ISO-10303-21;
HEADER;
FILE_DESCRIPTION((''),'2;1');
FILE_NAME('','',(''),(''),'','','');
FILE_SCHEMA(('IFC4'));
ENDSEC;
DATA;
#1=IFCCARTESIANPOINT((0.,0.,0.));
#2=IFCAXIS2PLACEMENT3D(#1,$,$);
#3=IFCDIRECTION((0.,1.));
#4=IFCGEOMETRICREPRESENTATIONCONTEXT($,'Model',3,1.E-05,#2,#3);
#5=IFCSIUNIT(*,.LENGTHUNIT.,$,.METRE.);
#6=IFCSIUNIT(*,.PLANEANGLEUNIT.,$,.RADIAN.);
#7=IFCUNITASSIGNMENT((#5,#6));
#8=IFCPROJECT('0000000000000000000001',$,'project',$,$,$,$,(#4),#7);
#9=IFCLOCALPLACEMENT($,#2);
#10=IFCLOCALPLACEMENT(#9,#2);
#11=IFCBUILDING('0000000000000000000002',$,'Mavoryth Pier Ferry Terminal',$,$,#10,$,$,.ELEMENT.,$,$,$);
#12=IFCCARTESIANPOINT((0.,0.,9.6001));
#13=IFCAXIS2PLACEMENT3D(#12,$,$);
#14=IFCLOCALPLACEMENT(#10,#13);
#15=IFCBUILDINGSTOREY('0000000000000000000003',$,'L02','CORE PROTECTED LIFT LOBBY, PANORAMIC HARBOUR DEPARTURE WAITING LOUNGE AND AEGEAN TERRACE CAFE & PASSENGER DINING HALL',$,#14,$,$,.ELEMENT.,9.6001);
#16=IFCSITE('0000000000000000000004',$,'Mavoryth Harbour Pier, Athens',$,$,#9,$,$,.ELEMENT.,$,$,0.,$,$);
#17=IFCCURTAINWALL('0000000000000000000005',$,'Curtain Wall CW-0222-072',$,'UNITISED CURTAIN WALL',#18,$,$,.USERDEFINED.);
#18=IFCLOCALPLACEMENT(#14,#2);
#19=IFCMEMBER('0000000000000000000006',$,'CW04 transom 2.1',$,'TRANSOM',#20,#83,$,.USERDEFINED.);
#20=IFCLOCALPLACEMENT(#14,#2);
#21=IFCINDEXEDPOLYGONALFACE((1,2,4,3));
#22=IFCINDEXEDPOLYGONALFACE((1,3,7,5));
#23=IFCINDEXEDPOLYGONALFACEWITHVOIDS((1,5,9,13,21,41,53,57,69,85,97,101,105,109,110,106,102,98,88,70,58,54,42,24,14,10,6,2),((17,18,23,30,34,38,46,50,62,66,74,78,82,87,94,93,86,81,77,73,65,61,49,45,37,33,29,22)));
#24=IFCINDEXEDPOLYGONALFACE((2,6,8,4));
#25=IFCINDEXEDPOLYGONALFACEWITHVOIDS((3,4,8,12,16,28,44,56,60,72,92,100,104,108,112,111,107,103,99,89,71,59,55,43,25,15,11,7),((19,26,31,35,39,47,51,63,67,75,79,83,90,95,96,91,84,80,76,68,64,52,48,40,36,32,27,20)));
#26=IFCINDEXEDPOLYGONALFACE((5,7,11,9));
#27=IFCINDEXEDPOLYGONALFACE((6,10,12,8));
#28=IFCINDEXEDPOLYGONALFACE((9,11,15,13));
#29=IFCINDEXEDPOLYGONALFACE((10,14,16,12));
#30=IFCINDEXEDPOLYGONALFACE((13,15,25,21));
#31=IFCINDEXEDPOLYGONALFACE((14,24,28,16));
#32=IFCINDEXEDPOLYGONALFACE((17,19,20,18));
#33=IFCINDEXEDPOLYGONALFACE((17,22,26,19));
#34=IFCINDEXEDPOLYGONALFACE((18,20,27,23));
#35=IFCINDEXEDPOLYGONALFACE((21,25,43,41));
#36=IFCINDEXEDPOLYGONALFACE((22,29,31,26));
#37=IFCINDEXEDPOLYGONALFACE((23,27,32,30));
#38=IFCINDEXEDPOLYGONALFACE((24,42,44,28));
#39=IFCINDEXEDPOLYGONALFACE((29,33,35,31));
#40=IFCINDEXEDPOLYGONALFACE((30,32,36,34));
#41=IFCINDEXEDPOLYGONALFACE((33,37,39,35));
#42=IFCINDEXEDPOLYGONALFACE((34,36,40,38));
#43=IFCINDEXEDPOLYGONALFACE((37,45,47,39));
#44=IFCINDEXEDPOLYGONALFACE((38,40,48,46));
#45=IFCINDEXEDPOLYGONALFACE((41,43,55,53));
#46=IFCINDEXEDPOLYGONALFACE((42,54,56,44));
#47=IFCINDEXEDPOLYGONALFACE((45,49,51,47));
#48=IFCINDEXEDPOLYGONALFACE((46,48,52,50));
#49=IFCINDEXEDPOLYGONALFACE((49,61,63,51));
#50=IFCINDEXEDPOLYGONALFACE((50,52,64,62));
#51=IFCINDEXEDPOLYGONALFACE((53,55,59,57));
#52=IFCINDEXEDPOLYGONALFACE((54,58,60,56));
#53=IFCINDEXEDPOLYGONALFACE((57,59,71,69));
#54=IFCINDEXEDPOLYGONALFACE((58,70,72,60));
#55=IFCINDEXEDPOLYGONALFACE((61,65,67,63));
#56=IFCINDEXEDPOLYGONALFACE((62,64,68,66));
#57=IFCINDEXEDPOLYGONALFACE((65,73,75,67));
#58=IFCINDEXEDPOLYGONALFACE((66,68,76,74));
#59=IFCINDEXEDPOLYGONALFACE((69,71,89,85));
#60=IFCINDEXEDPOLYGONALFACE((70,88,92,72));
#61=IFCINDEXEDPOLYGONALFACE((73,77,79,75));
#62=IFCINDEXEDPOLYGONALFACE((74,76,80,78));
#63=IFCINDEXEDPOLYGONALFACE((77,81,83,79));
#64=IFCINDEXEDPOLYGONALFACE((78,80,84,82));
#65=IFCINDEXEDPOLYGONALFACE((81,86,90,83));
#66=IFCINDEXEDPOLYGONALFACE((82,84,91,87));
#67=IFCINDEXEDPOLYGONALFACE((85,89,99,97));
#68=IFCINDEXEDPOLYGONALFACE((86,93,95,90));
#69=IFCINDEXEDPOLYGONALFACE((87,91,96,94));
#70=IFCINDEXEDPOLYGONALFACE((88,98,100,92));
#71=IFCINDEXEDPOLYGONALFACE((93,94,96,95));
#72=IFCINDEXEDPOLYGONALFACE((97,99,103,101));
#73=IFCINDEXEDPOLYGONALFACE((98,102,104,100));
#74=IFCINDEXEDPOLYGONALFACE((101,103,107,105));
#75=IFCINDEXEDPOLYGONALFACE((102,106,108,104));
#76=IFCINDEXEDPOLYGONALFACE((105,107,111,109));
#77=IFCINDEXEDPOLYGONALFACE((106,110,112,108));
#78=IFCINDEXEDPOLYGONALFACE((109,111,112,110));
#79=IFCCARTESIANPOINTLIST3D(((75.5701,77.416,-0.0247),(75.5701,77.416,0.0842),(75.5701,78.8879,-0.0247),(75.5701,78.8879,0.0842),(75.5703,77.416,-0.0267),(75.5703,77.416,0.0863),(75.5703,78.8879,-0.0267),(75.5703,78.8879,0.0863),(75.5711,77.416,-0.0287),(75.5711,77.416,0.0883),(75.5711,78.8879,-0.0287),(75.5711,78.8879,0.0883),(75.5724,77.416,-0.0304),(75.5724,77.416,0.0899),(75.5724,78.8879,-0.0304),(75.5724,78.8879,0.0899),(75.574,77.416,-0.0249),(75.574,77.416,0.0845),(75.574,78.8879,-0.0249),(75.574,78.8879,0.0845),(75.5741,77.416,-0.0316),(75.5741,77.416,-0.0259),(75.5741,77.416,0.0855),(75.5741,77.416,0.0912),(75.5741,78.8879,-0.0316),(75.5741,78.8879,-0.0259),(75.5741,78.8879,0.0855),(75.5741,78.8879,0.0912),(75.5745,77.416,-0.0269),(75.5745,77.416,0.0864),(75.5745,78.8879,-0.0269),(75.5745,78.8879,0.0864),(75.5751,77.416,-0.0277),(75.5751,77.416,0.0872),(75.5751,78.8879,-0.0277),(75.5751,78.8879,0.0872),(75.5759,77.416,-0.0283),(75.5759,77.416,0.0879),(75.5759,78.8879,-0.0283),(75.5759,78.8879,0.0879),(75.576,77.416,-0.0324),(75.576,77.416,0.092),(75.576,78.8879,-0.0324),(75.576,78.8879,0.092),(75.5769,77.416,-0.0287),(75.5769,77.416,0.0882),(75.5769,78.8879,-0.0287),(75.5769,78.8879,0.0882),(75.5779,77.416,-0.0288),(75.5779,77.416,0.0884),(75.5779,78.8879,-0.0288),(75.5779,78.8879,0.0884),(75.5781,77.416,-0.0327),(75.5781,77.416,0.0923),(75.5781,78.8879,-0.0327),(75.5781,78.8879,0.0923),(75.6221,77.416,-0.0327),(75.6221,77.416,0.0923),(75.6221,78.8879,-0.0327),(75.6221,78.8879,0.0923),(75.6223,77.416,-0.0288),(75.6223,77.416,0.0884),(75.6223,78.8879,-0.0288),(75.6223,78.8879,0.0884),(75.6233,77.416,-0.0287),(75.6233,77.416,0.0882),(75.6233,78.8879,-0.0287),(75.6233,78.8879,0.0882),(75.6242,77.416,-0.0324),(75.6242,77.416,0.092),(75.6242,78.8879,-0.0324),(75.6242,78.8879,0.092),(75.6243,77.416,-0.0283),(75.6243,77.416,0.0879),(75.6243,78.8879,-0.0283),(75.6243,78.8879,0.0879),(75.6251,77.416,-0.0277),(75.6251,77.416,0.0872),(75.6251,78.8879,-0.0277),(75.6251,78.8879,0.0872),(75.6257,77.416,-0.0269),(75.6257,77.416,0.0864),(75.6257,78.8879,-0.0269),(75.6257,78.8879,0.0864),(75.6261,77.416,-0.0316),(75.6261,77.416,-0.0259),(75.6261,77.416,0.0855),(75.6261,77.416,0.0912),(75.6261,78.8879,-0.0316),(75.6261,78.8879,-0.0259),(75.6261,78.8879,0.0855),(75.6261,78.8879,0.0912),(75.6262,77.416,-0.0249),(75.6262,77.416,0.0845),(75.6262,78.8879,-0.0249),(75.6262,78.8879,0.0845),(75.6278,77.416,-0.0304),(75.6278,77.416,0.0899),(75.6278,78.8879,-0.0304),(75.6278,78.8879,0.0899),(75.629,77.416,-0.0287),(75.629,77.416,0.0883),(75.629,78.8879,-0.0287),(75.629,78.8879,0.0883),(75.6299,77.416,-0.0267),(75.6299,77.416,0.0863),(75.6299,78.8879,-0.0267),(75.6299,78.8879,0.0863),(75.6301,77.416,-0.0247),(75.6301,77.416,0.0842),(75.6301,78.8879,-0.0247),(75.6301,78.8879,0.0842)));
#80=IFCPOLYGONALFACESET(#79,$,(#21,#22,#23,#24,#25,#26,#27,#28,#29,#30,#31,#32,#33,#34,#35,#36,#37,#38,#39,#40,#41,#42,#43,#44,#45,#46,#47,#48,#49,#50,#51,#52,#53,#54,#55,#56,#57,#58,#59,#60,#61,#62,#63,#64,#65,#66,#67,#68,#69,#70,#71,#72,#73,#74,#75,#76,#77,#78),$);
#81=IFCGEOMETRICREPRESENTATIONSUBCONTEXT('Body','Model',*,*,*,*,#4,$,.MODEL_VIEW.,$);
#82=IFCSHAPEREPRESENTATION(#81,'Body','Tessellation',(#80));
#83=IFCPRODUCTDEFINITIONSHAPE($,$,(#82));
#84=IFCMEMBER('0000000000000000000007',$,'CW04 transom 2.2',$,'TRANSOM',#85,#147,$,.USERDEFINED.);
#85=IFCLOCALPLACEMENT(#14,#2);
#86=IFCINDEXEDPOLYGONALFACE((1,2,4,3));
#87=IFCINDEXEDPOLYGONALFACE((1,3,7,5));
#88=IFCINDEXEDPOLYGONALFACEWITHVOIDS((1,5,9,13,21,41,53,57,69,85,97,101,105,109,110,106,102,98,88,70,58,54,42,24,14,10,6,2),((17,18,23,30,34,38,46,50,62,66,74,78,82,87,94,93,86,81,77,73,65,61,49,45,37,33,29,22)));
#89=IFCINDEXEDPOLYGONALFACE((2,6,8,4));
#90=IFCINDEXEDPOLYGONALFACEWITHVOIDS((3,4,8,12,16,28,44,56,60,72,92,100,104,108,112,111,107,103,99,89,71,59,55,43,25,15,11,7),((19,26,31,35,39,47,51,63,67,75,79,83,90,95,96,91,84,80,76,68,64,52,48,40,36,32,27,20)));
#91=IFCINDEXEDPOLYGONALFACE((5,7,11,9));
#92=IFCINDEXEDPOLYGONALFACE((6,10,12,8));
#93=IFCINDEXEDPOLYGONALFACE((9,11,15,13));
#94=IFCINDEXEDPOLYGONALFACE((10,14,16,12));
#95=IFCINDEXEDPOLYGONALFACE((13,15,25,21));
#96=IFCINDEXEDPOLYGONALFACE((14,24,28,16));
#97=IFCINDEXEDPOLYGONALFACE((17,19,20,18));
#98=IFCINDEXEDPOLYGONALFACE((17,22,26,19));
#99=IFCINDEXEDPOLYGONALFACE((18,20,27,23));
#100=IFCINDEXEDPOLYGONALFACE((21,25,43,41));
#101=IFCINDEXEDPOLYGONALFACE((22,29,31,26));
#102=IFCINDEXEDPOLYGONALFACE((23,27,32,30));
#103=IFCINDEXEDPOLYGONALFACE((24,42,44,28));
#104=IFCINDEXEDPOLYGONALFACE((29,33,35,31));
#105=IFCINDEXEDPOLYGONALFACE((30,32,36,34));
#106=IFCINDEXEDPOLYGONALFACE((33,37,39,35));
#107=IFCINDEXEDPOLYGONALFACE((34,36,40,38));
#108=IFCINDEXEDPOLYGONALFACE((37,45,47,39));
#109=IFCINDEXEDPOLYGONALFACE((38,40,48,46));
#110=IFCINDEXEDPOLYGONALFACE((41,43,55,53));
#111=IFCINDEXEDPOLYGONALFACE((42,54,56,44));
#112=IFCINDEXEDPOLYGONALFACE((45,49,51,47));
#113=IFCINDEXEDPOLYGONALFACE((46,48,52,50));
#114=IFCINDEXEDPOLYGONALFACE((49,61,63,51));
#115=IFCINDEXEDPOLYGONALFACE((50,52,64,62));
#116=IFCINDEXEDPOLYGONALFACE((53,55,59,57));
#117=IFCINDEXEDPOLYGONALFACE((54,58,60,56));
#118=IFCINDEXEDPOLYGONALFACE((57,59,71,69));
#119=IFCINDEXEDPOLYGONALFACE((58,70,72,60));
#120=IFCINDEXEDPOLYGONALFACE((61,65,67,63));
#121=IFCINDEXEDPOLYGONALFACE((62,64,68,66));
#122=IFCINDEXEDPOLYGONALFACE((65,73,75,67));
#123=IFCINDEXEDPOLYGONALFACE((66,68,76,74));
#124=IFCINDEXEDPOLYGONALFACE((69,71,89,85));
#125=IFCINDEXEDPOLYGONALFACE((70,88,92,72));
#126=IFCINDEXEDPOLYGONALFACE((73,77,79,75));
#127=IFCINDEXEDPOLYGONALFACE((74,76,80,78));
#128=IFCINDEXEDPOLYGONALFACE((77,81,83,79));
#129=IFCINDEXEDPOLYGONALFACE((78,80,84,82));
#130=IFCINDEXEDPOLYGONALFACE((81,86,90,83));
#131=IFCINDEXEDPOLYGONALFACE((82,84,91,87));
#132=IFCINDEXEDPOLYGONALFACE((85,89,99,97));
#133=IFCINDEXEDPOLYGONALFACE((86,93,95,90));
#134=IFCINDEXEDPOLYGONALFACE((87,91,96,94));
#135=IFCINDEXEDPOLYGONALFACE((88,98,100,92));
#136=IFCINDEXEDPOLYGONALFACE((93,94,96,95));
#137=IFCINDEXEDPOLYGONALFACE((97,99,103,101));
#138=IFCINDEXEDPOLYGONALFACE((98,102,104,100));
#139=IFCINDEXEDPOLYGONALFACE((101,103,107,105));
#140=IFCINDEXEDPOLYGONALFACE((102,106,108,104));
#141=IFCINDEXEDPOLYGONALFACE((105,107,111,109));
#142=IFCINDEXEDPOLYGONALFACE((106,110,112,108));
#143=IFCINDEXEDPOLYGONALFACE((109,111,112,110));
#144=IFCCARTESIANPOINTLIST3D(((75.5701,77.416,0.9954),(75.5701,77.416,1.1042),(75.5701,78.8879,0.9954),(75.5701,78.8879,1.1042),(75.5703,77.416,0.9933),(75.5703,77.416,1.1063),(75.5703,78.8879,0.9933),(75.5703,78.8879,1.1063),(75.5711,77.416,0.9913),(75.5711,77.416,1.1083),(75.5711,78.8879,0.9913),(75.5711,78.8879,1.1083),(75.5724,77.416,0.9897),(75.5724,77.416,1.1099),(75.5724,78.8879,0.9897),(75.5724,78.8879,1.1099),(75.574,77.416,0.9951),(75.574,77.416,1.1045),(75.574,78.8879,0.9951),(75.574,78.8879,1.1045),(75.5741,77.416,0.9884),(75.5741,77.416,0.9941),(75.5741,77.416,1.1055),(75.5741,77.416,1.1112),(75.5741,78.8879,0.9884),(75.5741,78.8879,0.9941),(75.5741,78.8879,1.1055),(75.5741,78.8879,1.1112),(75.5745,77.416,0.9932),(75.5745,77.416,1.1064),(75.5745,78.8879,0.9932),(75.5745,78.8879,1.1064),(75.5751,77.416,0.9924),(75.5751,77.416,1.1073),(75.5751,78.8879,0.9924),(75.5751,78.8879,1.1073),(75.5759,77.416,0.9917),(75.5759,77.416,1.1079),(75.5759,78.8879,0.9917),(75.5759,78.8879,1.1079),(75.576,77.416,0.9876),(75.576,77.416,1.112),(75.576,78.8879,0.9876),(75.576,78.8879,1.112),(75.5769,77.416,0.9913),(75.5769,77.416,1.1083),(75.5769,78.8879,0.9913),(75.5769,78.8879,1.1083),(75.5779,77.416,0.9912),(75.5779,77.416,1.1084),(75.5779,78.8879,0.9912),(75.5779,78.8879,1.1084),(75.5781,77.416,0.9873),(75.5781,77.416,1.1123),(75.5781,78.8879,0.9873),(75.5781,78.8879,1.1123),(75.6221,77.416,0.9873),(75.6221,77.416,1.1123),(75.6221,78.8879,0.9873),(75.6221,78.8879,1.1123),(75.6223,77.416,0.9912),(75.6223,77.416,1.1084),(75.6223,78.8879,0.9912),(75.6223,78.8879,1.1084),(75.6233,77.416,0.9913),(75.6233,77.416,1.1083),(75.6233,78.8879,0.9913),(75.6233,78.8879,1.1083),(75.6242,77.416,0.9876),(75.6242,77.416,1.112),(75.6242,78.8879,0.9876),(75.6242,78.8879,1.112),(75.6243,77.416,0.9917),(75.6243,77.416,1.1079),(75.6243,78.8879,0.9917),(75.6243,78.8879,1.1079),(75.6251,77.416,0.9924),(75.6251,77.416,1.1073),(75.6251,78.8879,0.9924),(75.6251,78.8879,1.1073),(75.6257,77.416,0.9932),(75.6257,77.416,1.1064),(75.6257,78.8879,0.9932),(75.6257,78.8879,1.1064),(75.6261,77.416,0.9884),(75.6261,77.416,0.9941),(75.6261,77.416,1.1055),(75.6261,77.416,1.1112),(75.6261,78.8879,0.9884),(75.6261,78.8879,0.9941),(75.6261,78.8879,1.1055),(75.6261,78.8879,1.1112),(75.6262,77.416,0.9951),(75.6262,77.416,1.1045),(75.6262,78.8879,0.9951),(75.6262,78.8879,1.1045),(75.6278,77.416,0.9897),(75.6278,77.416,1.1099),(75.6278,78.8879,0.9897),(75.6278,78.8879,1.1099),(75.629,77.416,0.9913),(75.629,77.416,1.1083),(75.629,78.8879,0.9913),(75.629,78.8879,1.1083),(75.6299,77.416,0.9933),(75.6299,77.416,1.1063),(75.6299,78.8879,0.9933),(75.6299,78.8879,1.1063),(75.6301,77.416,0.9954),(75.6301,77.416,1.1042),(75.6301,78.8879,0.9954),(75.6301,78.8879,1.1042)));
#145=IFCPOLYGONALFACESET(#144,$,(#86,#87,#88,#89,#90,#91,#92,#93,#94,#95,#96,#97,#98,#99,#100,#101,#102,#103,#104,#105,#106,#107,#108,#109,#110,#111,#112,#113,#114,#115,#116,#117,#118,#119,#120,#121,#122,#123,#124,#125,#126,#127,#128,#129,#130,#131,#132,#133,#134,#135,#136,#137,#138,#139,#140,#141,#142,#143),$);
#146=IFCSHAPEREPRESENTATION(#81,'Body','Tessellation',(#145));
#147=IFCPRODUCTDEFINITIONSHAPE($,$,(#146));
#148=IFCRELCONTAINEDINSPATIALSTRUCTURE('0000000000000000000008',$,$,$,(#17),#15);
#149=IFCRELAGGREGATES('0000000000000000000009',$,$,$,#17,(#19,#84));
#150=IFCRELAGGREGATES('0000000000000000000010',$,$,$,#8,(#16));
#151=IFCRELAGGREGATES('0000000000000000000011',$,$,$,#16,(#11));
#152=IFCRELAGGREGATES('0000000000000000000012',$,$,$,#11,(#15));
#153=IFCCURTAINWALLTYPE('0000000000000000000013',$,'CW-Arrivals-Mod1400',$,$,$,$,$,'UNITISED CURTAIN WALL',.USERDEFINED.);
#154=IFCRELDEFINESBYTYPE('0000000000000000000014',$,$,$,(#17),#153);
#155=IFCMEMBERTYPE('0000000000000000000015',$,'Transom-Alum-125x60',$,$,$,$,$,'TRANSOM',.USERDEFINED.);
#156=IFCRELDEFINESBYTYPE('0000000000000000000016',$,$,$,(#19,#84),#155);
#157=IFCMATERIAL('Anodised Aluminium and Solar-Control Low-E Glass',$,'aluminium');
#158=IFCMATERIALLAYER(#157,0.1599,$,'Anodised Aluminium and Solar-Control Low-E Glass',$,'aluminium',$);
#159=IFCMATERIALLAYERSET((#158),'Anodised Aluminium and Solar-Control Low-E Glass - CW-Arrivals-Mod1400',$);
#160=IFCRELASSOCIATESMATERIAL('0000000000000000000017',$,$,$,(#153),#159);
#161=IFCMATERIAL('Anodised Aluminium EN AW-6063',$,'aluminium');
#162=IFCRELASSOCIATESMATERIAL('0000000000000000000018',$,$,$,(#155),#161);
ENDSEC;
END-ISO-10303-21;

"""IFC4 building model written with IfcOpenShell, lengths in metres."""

from ifc_helpers import new_model, si_unit, direction, frame, origin, origin_2d, place, context, subcontext, project, spatial, hollow_rectangle, extrude, material, layer, layer_set, material_profile, profile_set, type_object, element, aggregate, save


model = new_model("IFC4")

# Units and contexts
model_context = context("Model", 3, precision=1e-05, world=origin(), true_north=direction((0.0, 1.0)))
body_context = subcontext(model_context, "Body", "Model", "MODEL_VIEW")
ifc_project = project(units=[si_unit("LENGTHUNIT", "METRE"), si_unit("PLANEANGLEUNIT", "RADIAN")], contexts=[model_context])

# Site, building, storey
site_placement = place(None, origin())
site = spatial("IfcSite", under=ifc_project, at=site_placement, Name="Mavoryth Harbour Pier, Athens", CompositionType="ELEMENT", RefElevation=0.0)
building_placement = place(site_placement, origin())
building = spatial("IfcBuilding", under=site, at=building_placement, Name="Mavoryth Pier Ferry Terminal", CompositionType="ELEMENT")
storey_placement = place(building_placement, frame((0.0, 0.0, 9.6001)))
storey = spatial("IfcBuildingStorey", under=building, at=storey_placement, Name="L02", Description="CORE PROTECTED LIFT LOBBY, PANORAMIC HARBOUR DEPARTURE WAITING LOUNGE AND AEGEAN TERRACE CAFE & PASSENGER DINING HALL", CompositionType="ELEMENT", Elevation=9.6001)

# Curtain wall
ifc_material_1 = material(Name="Anodised Aluminium and Solar-Control Low-E Glass", Category="aluminium")
ifc_layer_1 = layer(ifc_material_1, 0.1599, Name="Anodised Aluminium and Solar-Control Low-E Glass", Category="aluminium")
ifc_layer_set_1 = layer_set([ifc_layer_1], Name="Anodised Aluminium and Solar-Control Low-E Glass - CW-Arrivals-Mod1400")
curtain_wall_type = type_object("IfcCurtainWallType", Name="CW-Arrivals-Mod1400", ElementType="UNITISED CURTAIN WALL", PredefinedType="USERDEFINED", material=ifc_layer_set_1)
curtain_wall_placement = place(storey_placement, origin())
curtain_wall = element("IfcCurtainWall", 1, at=curtain_wall_placement, inside=storey, type_object=curtain_wall_type, Name="Curtain Wall CW-0222-072", ObjectType="UNITISED CURTAIN WALL", PredefinedType="USERDEFINED")
ifc_material_2 = material(Name="Anodised Aluminium EN AW-6063", Category="aluminium")

# Members
ifc_material_profile_1 = material_profile(ifc_material_2, hollow_rectangle(XDim=0.0601, YDim=0.125, WallThickness=0.0039, InnerFilletRadius=0.0039, OuterFilletRadius=0.0081, at=origin_2d()), Name="AL-TRAN 125x60x4", Category="aluminium")
ifc_profile_set_1 = profile_set([ifc_material_profile_1], Name="Anodised Aluminium EN AW-6063 - AL-TRAN 125x60x4")
member_type_1 = type_object("IfcMemberType", Name="Transom-Alum-125x60", ElementType="TRANSOM", PredefinedType="USERDEFINED", material=ifc_profile_set_1)
member_1_placement = place(storey_placement, frame((75.6001, 78.8879, 0.0298), z_axis=(0.0, -1.0, 0.0), x_axis=(1.0, 0.0, 0.0)))
member_1 = element("IfcMember", 2, at=member_1_placement, type_object=member_type_1, Name="CW04 transom 2.1", ObjectType="TRANSOM", PredefinedType="USERDEFINED", context=body_context, shape_type="SweptSolid", body=[
    extrude(hollow_rectangle(XDim=0.0601, YDim=0.125, WallThickness=0.0039, InnerFilletRadius=0.0039, OuterFilletRadius=0.0081, at=origin_2d()), origin(), (0.0, 0.0, 1.0), 1.4719),
])
member_2_placement = place(storey_placement, frame((75.6001, 78.8879, 1.0498), z_axis=(0.0, -1.0, 0.0), x_axis=(1.0, 0.0, 0.0)))
member_2 = element("IfcMember", 3, at=member_2_placement, type_object=member_type_1, Name="CW04 transom 2.2", ObjectType="TRANSOM", PredefinedType="USERDEFINED", context=body_context, shape_type="SweptSolid", body=[
    extrude(hollow_rectangle(XDim=0.0601, YDim=0.125, WallThickness=0.0039, InnerFilletRadius=0.0039, OuterFilletRadius=0.0081, at=origin_2d()), origin(), (0.0, 0.0, 1.0), 1.4719),
])

aggregate(curtain_wall, [member_1, member_2])

save(model, "model.ifc")
